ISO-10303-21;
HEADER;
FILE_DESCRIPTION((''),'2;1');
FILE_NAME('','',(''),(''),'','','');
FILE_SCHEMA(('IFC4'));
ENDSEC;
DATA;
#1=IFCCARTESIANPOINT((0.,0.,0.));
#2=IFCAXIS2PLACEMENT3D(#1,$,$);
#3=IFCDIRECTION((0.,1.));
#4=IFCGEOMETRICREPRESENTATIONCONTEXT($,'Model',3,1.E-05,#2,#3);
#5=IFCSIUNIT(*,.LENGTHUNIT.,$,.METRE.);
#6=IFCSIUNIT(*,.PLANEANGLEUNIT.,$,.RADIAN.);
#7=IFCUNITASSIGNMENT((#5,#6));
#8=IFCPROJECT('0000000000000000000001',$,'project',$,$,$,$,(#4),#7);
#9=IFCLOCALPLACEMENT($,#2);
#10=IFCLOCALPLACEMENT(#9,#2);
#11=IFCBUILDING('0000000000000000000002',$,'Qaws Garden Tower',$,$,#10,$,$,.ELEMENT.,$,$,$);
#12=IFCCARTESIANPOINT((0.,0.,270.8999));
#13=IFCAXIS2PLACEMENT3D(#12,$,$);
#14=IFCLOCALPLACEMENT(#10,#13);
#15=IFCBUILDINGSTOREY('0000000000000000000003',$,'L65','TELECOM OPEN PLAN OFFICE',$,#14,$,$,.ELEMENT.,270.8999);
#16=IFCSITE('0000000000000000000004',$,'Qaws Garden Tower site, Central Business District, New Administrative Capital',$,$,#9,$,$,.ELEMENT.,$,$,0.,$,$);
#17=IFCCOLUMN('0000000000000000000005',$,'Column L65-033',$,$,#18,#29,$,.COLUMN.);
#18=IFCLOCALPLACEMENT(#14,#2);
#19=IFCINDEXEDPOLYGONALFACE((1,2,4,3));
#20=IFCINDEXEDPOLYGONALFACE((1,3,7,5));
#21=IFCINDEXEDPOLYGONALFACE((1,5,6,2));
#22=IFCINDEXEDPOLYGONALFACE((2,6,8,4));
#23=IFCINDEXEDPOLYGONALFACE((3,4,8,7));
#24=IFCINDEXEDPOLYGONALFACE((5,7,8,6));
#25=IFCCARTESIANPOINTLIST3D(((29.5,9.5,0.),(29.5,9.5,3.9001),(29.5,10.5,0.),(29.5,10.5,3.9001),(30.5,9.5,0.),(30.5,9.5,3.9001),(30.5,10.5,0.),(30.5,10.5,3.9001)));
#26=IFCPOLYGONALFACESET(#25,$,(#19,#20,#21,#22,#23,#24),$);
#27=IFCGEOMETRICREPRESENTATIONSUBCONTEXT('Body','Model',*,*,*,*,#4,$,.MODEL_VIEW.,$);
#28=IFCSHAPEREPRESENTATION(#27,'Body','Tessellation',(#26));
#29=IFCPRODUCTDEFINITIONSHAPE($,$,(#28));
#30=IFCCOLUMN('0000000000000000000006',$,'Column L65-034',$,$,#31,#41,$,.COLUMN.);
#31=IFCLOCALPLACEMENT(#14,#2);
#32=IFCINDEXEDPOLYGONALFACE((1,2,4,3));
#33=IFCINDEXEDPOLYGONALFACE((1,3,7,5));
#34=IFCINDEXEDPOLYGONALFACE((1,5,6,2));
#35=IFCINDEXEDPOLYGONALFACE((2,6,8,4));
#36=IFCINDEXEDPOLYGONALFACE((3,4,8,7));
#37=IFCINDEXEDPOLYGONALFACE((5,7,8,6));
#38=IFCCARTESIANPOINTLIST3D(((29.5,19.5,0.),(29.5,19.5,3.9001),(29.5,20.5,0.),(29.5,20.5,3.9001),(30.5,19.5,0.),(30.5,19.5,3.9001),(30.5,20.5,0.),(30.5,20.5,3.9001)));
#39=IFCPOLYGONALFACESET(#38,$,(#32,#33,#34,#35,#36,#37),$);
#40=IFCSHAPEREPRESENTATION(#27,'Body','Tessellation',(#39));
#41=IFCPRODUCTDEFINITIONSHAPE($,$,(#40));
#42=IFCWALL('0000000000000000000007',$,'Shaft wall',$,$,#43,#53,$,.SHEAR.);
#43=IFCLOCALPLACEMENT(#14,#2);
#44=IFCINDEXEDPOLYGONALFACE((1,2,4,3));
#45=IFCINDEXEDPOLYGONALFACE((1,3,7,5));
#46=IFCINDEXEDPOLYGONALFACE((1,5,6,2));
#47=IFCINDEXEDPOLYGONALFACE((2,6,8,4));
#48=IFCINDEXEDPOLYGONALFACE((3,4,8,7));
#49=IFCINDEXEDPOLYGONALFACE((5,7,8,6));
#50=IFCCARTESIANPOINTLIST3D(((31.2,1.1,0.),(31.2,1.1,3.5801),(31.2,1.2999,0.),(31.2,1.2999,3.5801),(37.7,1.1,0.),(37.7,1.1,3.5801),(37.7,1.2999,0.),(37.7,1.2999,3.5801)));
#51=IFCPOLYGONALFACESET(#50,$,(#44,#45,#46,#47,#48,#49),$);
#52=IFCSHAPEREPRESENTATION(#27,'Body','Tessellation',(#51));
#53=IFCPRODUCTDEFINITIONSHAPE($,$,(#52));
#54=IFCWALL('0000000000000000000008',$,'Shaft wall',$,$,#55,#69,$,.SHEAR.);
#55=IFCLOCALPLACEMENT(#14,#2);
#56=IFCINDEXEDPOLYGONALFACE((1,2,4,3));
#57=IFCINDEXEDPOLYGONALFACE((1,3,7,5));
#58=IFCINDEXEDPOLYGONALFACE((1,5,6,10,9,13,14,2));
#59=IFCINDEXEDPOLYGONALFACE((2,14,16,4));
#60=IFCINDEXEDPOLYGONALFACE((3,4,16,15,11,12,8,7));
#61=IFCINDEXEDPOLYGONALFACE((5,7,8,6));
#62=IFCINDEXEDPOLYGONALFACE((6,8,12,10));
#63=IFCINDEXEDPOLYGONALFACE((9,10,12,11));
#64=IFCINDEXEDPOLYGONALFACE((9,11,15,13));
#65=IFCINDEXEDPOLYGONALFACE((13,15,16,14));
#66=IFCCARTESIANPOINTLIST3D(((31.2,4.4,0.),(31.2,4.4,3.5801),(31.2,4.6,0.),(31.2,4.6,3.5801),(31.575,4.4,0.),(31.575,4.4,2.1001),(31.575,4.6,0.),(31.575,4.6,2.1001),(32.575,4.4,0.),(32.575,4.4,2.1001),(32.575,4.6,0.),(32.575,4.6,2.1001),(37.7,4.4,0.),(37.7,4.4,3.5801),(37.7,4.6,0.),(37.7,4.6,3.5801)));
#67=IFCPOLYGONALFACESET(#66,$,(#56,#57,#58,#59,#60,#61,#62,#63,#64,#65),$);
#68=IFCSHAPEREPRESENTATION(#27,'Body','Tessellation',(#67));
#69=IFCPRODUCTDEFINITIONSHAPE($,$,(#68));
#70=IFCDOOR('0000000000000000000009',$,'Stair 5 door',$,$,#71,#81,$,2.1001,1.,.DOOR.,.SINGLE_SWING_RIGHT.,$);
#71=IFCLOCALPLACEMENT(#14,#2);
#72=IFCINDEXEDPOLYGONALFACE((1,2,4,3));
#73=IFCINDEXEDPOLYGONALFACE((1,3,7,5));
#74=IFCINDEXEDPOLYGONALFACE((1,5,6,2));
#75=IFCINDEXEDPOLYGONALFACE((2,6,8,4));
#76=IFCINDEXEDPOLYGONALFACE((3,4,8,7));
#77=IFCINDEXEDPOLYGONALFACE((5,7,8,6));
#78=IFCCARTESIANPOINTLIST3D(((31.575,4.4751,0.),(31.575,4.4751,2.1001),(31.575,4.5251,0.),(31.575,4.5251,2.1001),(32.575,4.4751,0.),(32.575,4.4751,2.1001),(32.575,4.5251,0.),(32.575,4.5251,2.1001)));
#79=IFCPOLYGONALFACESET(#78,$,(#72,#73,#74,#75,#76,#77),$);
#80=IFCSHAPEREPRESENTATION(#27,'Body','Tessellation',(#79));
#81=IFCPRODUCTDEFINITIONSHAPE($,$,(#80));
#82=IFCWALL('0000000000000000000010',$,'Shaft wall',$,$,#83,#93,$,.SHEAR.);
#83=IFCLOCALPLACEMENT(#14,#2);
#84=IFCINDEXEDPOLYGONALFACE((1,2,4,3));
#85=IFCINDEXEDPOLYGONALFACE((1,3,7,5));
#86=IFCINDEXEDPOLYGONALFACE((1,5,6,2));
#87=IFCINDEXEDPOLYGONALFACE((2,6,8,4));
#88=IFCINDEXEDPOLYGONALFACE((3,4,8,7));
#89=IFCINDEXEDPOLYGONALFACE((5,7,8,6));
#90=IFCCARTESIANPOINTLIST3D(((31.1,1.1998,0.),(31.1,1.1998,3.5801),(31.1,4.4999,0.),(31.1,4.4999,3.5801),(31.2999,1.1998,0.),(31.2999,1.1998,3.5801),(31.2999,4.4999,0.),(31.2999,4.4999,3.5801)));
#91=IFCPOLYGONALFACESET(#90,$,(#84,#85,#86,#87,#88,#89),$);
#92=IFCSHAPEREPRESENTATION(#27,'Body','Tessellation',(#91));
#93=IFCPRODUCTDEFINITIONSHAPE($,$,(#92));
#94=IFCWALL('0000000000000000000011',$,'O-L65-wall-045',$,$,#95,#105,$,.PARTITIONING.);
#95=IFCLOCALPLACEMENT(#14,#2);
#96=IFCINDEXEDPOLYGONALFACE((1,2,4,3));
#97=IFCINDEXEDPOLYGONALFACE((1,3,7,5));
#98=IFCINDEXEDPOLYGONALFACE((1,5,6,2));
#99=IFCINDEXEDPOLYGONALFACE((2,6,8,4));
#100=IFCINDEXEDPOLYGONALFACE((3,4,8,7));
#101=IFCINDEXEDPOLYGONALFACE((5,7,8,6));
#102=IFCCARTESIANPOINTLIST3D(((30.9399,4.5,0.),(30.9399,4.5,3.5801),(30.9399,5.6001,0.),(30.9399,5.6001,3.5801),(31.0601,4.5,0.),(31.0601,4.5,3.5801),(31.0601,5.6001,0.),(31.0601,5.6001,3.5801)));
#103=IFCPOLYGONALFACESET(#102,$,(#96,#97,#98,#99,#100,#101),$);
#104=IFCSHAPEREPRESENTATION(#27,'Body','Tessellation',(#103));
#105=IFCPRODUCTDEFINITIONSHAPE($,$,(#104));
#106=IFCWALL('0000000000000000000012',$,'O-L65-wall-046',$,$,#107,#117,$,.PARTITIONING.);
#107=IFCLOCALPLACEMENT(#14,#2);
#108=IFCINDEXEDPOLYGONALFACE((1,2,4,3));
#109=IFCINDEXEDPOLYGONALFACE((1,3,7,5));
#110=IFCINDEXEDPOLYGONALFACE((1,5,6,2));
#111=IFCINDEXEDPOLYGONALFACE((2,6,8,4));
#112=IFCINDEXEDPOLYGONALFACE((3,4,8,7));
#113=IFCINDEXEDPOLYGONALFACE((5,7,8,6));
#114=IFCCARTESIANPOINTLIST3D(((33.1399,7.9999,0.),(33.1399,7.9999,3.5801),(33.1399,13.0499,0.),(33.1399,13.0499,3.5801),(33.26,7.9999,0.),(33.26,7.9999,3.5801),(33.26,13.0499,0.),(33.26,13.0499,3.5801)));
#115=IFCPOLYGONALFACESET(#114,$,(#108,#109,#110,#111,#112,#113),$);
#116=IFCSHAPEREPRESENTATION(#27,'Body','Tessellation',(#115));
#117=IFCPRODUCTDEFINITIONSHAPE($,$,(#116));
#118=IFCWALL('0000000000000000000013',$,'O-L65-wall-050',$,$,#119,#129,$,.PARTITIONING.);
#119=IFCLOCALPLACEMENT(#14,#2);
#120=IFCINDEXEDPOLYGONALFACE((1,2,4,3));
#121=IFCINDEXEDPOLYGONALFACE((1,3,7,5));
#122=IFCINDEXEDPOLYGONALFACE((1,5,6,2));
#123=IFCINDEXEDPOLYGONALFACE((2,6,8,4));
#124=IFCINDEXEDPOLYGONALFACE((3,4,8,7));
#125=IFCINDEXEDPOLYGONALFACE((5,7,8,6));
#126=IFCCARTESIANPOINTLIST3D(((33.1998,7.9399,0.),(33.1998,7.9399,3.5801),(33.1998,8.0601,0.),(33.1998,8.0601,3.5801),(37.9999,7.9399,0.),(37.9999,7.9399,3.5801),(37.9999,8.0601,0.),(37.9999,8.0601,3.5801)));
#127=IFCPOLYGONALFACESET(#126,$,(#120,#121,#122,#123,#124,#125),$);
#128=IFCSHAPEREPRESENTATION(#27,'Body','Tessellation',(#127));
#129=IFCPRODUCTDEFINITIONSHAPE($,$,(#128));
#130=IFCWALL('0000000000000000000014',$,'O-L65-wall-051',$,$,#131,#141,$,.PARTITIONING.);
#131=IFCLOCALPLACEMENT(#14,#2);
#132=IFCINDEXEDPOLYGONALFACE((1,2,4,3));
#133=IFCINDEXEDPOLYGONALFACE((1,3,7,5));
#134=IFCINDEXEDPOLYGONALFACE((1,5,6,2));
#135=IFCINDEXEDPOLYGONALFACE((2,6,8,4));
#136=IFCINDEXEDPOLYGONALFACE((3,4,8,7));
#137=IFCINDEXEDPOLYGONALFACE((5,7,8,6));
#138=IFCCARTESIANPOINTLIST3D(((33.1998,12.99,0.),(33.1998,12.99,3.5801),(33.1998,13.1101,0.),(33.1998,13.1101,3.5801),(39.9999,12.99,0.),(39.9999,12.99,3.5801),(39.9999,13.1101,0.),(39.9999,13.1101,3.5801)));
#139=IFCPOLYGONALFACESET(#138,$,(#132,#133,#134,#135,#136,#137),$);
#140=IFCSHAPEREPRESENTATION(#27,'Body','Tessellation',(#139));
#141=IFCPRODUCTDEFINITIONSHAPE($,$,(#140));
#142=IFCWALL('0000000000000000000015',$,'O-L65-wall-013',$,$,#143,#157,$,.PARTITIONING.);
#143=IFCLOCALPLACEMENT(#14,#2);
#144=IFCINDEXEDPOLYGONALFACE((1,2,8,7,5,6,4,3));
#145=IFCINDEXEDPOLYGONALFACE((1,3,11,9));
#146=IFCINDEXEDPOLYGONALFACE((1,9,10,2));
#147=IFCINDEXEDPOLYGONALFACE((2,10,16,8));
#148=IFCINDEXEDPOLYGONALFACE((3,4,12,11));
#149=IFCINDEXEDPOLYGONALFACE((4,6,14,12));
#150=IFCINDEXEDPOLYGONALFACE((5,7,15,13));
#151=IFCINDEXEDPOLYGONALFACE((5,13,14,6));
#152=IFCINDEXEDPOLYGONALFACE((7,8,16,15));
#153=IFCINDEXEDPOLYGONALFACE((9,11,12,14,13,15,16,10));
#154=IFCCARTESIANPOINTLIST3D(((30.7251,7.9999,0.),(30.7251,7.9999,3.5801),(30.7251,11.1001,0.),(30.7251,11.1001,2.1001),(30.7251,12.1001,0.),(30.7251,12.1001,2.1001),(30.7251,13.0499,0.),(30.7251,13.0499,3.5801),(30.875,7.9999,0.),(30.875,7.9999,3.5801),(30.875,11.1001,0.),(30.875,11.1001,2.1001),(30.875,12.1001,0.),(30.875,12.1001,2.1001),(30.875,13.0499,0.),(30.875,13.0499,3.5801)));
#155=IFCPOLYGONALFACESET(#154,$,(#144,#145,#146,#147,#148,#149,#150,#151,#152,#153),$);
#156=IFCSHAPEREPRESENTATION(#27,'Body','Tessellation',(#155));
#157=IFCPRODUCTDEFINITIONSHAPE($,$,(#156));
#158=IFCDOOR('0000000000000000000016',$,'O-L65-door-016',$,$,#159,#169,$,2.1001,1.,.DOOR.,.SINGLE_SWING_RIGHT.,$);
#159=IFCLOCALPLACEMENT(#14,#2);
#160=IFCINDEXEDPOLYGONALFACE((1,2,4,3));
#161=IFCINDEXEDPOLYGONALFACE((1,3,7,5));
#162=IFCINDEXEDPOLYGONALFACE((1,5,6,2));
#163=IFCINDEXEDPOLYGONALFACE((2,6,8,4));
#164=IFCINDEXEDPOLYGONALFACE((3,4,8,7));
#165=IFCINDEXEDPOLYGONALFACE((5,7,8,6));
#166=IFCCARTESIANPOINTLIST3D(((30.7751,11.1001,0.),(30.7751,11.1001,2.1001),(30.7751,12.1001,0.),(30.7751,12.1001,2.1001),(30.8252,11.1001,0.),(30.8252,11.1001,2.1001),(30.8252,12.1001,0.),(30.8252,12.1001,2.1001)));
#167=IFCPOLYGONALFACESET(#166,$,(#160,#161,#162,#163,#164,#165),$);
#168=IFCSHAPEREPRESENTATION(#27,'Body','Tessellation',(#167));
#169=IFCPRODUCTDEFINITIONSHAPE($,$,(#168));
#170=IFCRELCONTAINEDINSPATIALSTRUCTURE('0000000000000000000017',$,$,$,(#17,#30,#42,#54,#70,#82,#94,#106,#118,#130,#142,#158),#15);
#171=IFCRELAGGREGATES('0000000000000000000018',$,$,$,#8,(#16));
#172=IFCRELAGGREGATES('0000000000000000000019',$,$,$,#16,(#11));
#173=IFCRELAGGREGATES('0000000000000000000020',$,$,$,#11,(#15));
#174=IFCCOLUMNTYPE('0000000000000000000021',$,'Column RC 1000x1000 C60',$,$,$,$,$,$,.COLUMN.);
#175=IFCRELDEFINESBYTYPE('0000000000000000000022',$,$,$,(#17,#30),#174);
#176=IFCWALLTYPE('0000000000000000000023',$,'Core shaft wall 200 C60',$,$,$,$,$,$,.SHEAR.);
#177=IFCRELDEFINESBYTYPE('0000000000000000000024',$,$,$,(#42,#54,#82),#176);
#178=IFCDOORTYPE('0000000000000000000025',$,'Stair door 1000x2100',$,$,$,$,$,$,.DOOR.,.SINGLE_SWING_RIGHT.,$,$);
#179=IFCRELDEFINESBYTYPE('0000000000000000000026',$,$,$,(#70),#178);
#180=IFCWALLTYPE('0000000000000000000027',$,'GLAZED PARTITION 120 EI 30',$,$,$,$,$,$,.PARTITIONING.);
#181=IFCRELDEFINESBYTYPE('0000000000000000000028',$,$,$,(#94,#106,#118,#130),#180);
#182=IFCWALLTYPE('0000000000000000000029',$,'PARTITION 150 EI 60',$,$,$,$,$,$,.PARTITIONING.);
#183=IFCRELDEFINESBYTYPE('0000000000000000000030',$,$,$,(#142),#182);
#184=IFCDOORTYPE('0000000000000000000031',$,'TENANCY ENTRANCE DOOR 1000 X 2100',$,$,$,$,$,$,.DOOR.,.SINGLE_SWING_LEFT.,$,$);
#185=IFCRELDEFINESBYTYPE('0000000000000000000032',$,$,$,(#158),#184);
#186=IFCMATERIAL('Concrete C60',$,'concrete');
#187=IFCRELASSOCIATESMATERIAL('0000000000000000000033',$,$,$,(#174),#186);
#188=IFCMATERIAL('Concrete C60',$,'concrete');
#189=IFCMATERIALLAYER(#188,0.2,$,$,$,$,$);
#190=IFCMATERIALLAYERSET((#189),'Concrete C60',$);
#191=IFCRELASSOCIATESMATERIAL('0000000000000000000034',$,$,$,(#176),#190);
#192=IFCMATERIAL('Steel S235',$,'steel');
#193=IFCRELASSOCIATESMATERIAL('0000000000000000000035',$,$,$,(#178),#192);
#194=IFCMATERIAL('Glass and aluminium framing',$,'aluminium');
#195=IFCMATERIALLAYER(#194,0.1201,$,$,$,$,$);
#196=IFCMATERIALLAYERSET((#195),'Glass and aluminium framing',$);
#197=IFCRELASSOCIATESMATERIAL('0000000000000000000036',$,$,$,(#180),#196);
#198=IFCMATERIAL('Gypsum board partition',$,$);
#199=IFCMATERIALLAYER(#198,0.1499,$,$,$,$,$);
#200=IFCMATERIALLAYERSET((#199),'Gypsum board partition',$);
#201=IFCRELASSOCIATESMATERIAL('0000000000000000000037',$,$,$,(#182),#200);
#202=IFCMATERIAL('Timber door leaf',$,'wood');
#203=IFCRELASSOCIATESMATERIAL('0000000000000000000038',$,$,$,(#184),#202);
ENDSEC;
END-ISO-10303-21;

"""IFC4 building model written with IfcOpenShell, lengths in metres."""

from ifc_helpers import new_model, si_unit, direction, frame, frame_2d, origin, origin_2d, place, context, subcontext, project, spatial, rectangle, extrude, material, layer, layer_set, material_profile, profile_set, type_object, element, fill, save


model = new_model("IFC4")

# Units and contexts
model_context = context("Model", 3, precision=1e-05, world=origin(), true_north=direction((0.0, 1.0)))
body_context = subcontext(model_context, "Body", "Model", "MODEL_VIEW")
ifc_project = project(units=[si_unit("LENGTHUNIT", "METRE"), si_unit("PLANEANGLEUNIT", "RADIAN")], contexts=[model_context])

# Site, building, storey
site_placement = place(None, origin())
site = spatial("IfcSite", under=ifc_project, at=site_placement, Name="Qaws Garden Tower site, Central Business District, New Administrative Capital", CompositionType="ELEMENT", RefElevation=0.0)
building_placement = place(site_placement, origin())
building = spatial("IfcBuilding", under=site, at=building_placement, Name="Qaws Garden Tower", CompositionType="ELEMENT")
storey_placement = place(building_placement, frame((0.0, 0.0, 270.8999)))
storey = spatial("IfcBuildingStorey", under=building, at=storey_placement, Name="L65", Description="TELECOM OPEN PLAN OFFICE", CompositionType="ELEMENT", Elevation=270.8999)

# Columns
ifc_material_1 = material(Name="Concrete C60", Category="concrete")
ifc_material_profile = material_profile(ifc_material_1, rectangle(XDim=1.0, YDim=1.0, at=origin_2d()), Name="RC 1000x1000")
ifc_profile_set = profile_set([ifc_material_profile], Name="Concrete C60")
column_type = type_object("IfcColumnType", Name="Column RC 1000x1000 C60", PredefinedType="COLUMN", material=ifc_profile_set)
for number, where, z_axis, x_axis, name in (
    (1, (30.0, 10.0, 0.0), (0.0, 0.0, 1.0), (1.0, 0.0, 0.0), "Column L65-033"),
    (2, (30.0, 20.0, 0.0), (0.0, 0.0, 1.0), (1.0, 0.0, 0.0), "Column L65-034"),
):
    element("IfcColumn", number, at=place(storey_placement, frame(where, z_axis=z_axis, x_axis=x_axis)), inside=storey, type_object=column_type, Name=name, PredefinedType="COLUMN", context=body_context, shape_type="SweptSolid", body=[
        extrude(rectangle(XDim=1.0, YDim=1.0, at=origin_2d()), origin(), (0.0, 0.0, 1.0), 3.9001),
    ])

# Wall
ifc_material_2 = material(Name="Concrete C60", Category="concrete")
ifc_layer_1 = layer(ifc_material_2, 0.2)
ifc_layer_set_1 = layer_set([ifc_layer_1], Name="Concrete C60")
wall_type_1 = type_object("IfcWallType", Name="Core shaft wall 200 C60", PredefinedType="SHEAR", material=ifc_layer_set_1)
wall_1_placement = place(storey_placement, frame((31.2, 1.2, 0.0), z_axis=(0.0, 0.0, 1.0), x_axis=(1.0, 0.0, 0.0)))
element("IfcWall", 3, at=wall_1_placement, inside=storey, type_object=wall_type_1, Name="Shaft wall", PredefinedType="SHEAR", context=body_context, shape_type="SweptSolid", body=[
    extrude(rectangle(XDim=6.5, YDim=0.2, at=frame_2d((3.25, 0.0))), origin(), (0.0, 0.0, 1.0), 3.5801),
])

# Wall, opening, door
wall_2_placement = place(storey_placement, frame((31.2, 4.5, 0.0), z_axis=(0.0, 0.0, 1.0), x_axis=(1.0, 0.0, 0.0)))
wall_2 = element("IfcWall", 4, at=wall_2_placement, inside=storey, type_object=wall_type_1, Name="Shaft wall", PredefinedType="SHEAR", context=body_context, shape_type="SweptSolid", body=[
    extrude(rectangle(XDim=6.5, YDim=0.2, at=frame_2d((3.25, 0.0))), origin(), (0.0, 0.0, 1.0), 3.5801),
])
opening_1_placement = place(wall_2_placement, frame((0.375, 0.0, 0.0)))
opening_1 = element("IfcOpeningElement", 5, at=opening_1_placement, cuts=wall_2, PredefinedType="OPENING", context=body_context, shape_type="SweptSolid", body=[
    extrude(rectangle(XDim=1.0, YDim=2.1001, at=frame_2d((0.5, 1.05))), frame((0.0, 0.1099, 0.0), z_axis=(0.0, -1.0, 0.0), x_axis=(1.0, 0.0, 0.0)), (0.0, 0.0, 1.0), 0.22),
])
ifc_material_3 = material(Name="Steel S235", Category="steel")
door_type_1 = type_object("IfcDoorType", Name="Stair door 1000x2100", OperationType="SINGLE_SWING_RIGHT", PredefinedType="DOOR", material=ifc_material_3)
door_1_placement = place(opening_1_placement, frame((1.0, 0.0, 0.0), z_axis=(0.0, 0.0, 1.0), x_axis=(-1.0, 0.0, 0.0)))
door_1 = element("IfcDoor", 6, at=door_1_placement, inside=storey, type_object=door_type_1, Name="Stair 5 door", OperationType="SINGLE_SWING_RIGHT", OverallHeight=2.1001, OverallWidth=1.0, PredefinedType="DOOR", context=body_context, shape_type="SweptSolid", body=[
    extrude(rectangle(XDim=1.0, YDim=2.1001, at=frame_2d((0.5, 1.05))), frame((0.0, 0.0249, 0.0), z_axis=(0.0, -1.0, 0.0), x_axis=(1.0, 0.0, 0.0)), (0.0, 0.0, 1.0), 0.05),
])
fill(opening_1, door_1)

# Walls
wall_3_placement = place(storey_placement, frame((31.2, 1.2, 0.0), z_axis=(0.0, 0.0, 1.0), x_axis=(0.0, 1.0, 0.0)))
element("IfcWall", 7, at=wall_3_placement, inside=storey, type_object=wall_type_1, Name="Shaft wall", PredefinedType="SHEAR", context=body_context, shape_type="SweptSolid", body=[
    extrude(rectangle(XDim=3.3, YDim=0.2, at=frame_2d((1.6499, 0.0))), origin(), (0.0, 0.0, 1.0), 3.5801),
])
ifc_material_4 = material(Name="Glass and aluminium framing", Category="aluminium")
ifc_layer_2 = layer(ifc_material_4, 0.1201)
ifc_layer_set_2 = layer_set([ifc_layer_2], Name="Glass and aluminium framing")
wall_type_2 = type_object("IfcWallType", Name="GLAZED PARTITION 120 EI 30", PredefinedType="PARTITIONING", material=ifc_layer_set_2)
wall_4_placement = place(storey_placement, frame((31.0, 4.5, 0.0), z_axis=(0.0, 0.0, 1.0), x_axis=(0.0, 1.0, 0.0)))
element("IfcWall", 8, at=wall_4_placement, inside=storey, type_object=wall_type_2, Name="O-L65-wall-045", PredefinedType="PARTITIONING", context=body_context, shape_type="SweptSolid", body=[
    extrude(rectangle(XDim=1.1001, YDim=0.1201, at=frame_2d((0.55, 0.0))), origin(), (0.0, 0.0, 1.0), 3.5801),
])
wall_5_placement = place(storey_placement, frame((33.2, 8.0, 0.0), z_axis=(0.0, 0.0, 1.0), x_axis=(0.0, 1.0, 0.0)))
element("IfcWall", 9, at=wall_5_placement, inside=storey, type_object=wall_type_2, Name="O-L65-wall-046", PredefinedType="PARTITIONING", context=body_context, shape_type="SweptSolid", body=[
    extrude(rectangle(XDim=5.05, YDim=0.1201, at=frame_2d((2.5249, 0.0))), origin(), (0.0, 0.0, 1.0), 3.5801),
])
wall_6_placement = place(storey_placement, frame((33.2, 8.0, 0.0), z_axis=(0.0, 0.0, 1.0), x_axis=(1.0, 0.0, 0.0)))
element("IfcWall", 10, at=wall_6_placement, inside=storey, type_object=wall_type_2, Name="O-L65-wall-050", PredefinedType="PARTITIONING", context=body_context, shape_type="SweptSolid", body=[
    extrude(rectangle(XDim=4.8, YDim=0.1201, at=frame_2d((2.3999, 0.0))), origin(), (0.0, 0.0, 1.0), 3.5801),
])
wall_7_placement = place(storey_placement, frame((33.2, 13.05, 0.0), z_axis=(0.0, 0.0, 1.0), x_axis=(1.0, 0.0, 0.0)))
element("IfcWall", 11, at=wall_7_placement, inside=storey, type_object=wall_type_2, Name="O-L65-wall-051", PredefinedType="PARTITIONING", context=body_context, shape_type="SweptSolid", body=[
    extrude(rectangle(XDim=6.8, YDim=0.1201, at=frame_2d((3.3999, 0.0))), origin(), (0.0, 0.0, 1.0), 3.5801),
])

# Wall, opening, door
ifc_material_5 = material(Name="Gypsum board partition")
ifc_layer_3 = layer(ifc_material_5, 0.1499)
ifc_layer_set_3 = layer_set([ifc_layer_3], Name="Gypsum board partition")
wall_type_3 = type_object("IfcWallType", Name="PARTITION 150 EI 60", PredefinedType="PARTITIONING", material=ifc_layer_set_3)
wall_8_placement = place(storey_placement, frame((30.8, 8.0, 0.0), z_axis=(0.0, 0.0, 1.0), x_axis=(0.0, 1.0, 0.0)))
wall_8 = element("IfcWall", 12, at=wall_8_placement, inside=storey, type_object=wall_type_3, Name="O-L65-wall-013", PredefinedType="PARTITIONING", context=body_context, shape_type="SweptSolid", body=[
    extrude(rectangle(XDim=5.05, YDim=0.1499, at=frame_2d((2.5249, 0.0))), origin(), (0.0, 0.0, 1.0), 3.5801),
])
opening_2_placement = place(wall_8_placement, frame((3.1001, 0.0, 0.0)))
opening_2 = element("IfcOpeningElement", 13, at=opening_2_placement, cuts=wall_8, PredefinedType="OPENING", context=body_context, shape_type="SweptSolid", body=[
    extrude(rectangle(XDim=1.0, YDim=2.1001, at=frame_2d((0.5, 1.05))), frame((0.0, 0.085, 0.0), z_axis=(0.0, -1.0, 0.0), x_axis=(1.0, 0.0, 0.0)), (0.0, 0.0, 1.0), 0.1699),
])
ifc_material_6 = material(Name="Timber door leaf", Category="wood")
door_type_2 = type_object("IfcDoorType", Name="TENANCY ENTRANCE DOOR 1000 X 2100", OperationType="SINGLE_SWING_LEFT", PredefinedType="DOOR", material=ifc_material_6)
door_2_placement = place(opening_2_placement, origin())
door_2 = element("IfcDoor", 14, at=door_2_placement, inside=storey, type_object=door_type_2, Name="O-L65-door-016", OperationType="SINGLE_SWING_RIGHT", OverallHeight=2.1001, OverallWidth=1.0, PredefinedType="DOOR", context=body_context, shape_type="SweptSolid", body=[
    extrude(rectangle(XDim=1.0, YDim=2.1001, at=frame_2d((0.5, 1.05))), frame((0.0, 0.0249, 0.0), z_axis=(0.0, -1.0, 0.0), x_axis=(1.0, 0.0, 0.0)), (0.0, 0.0, 1.0), 0.05),
])
fill(opening_2, door_2)

save(model, "model.ifc")
